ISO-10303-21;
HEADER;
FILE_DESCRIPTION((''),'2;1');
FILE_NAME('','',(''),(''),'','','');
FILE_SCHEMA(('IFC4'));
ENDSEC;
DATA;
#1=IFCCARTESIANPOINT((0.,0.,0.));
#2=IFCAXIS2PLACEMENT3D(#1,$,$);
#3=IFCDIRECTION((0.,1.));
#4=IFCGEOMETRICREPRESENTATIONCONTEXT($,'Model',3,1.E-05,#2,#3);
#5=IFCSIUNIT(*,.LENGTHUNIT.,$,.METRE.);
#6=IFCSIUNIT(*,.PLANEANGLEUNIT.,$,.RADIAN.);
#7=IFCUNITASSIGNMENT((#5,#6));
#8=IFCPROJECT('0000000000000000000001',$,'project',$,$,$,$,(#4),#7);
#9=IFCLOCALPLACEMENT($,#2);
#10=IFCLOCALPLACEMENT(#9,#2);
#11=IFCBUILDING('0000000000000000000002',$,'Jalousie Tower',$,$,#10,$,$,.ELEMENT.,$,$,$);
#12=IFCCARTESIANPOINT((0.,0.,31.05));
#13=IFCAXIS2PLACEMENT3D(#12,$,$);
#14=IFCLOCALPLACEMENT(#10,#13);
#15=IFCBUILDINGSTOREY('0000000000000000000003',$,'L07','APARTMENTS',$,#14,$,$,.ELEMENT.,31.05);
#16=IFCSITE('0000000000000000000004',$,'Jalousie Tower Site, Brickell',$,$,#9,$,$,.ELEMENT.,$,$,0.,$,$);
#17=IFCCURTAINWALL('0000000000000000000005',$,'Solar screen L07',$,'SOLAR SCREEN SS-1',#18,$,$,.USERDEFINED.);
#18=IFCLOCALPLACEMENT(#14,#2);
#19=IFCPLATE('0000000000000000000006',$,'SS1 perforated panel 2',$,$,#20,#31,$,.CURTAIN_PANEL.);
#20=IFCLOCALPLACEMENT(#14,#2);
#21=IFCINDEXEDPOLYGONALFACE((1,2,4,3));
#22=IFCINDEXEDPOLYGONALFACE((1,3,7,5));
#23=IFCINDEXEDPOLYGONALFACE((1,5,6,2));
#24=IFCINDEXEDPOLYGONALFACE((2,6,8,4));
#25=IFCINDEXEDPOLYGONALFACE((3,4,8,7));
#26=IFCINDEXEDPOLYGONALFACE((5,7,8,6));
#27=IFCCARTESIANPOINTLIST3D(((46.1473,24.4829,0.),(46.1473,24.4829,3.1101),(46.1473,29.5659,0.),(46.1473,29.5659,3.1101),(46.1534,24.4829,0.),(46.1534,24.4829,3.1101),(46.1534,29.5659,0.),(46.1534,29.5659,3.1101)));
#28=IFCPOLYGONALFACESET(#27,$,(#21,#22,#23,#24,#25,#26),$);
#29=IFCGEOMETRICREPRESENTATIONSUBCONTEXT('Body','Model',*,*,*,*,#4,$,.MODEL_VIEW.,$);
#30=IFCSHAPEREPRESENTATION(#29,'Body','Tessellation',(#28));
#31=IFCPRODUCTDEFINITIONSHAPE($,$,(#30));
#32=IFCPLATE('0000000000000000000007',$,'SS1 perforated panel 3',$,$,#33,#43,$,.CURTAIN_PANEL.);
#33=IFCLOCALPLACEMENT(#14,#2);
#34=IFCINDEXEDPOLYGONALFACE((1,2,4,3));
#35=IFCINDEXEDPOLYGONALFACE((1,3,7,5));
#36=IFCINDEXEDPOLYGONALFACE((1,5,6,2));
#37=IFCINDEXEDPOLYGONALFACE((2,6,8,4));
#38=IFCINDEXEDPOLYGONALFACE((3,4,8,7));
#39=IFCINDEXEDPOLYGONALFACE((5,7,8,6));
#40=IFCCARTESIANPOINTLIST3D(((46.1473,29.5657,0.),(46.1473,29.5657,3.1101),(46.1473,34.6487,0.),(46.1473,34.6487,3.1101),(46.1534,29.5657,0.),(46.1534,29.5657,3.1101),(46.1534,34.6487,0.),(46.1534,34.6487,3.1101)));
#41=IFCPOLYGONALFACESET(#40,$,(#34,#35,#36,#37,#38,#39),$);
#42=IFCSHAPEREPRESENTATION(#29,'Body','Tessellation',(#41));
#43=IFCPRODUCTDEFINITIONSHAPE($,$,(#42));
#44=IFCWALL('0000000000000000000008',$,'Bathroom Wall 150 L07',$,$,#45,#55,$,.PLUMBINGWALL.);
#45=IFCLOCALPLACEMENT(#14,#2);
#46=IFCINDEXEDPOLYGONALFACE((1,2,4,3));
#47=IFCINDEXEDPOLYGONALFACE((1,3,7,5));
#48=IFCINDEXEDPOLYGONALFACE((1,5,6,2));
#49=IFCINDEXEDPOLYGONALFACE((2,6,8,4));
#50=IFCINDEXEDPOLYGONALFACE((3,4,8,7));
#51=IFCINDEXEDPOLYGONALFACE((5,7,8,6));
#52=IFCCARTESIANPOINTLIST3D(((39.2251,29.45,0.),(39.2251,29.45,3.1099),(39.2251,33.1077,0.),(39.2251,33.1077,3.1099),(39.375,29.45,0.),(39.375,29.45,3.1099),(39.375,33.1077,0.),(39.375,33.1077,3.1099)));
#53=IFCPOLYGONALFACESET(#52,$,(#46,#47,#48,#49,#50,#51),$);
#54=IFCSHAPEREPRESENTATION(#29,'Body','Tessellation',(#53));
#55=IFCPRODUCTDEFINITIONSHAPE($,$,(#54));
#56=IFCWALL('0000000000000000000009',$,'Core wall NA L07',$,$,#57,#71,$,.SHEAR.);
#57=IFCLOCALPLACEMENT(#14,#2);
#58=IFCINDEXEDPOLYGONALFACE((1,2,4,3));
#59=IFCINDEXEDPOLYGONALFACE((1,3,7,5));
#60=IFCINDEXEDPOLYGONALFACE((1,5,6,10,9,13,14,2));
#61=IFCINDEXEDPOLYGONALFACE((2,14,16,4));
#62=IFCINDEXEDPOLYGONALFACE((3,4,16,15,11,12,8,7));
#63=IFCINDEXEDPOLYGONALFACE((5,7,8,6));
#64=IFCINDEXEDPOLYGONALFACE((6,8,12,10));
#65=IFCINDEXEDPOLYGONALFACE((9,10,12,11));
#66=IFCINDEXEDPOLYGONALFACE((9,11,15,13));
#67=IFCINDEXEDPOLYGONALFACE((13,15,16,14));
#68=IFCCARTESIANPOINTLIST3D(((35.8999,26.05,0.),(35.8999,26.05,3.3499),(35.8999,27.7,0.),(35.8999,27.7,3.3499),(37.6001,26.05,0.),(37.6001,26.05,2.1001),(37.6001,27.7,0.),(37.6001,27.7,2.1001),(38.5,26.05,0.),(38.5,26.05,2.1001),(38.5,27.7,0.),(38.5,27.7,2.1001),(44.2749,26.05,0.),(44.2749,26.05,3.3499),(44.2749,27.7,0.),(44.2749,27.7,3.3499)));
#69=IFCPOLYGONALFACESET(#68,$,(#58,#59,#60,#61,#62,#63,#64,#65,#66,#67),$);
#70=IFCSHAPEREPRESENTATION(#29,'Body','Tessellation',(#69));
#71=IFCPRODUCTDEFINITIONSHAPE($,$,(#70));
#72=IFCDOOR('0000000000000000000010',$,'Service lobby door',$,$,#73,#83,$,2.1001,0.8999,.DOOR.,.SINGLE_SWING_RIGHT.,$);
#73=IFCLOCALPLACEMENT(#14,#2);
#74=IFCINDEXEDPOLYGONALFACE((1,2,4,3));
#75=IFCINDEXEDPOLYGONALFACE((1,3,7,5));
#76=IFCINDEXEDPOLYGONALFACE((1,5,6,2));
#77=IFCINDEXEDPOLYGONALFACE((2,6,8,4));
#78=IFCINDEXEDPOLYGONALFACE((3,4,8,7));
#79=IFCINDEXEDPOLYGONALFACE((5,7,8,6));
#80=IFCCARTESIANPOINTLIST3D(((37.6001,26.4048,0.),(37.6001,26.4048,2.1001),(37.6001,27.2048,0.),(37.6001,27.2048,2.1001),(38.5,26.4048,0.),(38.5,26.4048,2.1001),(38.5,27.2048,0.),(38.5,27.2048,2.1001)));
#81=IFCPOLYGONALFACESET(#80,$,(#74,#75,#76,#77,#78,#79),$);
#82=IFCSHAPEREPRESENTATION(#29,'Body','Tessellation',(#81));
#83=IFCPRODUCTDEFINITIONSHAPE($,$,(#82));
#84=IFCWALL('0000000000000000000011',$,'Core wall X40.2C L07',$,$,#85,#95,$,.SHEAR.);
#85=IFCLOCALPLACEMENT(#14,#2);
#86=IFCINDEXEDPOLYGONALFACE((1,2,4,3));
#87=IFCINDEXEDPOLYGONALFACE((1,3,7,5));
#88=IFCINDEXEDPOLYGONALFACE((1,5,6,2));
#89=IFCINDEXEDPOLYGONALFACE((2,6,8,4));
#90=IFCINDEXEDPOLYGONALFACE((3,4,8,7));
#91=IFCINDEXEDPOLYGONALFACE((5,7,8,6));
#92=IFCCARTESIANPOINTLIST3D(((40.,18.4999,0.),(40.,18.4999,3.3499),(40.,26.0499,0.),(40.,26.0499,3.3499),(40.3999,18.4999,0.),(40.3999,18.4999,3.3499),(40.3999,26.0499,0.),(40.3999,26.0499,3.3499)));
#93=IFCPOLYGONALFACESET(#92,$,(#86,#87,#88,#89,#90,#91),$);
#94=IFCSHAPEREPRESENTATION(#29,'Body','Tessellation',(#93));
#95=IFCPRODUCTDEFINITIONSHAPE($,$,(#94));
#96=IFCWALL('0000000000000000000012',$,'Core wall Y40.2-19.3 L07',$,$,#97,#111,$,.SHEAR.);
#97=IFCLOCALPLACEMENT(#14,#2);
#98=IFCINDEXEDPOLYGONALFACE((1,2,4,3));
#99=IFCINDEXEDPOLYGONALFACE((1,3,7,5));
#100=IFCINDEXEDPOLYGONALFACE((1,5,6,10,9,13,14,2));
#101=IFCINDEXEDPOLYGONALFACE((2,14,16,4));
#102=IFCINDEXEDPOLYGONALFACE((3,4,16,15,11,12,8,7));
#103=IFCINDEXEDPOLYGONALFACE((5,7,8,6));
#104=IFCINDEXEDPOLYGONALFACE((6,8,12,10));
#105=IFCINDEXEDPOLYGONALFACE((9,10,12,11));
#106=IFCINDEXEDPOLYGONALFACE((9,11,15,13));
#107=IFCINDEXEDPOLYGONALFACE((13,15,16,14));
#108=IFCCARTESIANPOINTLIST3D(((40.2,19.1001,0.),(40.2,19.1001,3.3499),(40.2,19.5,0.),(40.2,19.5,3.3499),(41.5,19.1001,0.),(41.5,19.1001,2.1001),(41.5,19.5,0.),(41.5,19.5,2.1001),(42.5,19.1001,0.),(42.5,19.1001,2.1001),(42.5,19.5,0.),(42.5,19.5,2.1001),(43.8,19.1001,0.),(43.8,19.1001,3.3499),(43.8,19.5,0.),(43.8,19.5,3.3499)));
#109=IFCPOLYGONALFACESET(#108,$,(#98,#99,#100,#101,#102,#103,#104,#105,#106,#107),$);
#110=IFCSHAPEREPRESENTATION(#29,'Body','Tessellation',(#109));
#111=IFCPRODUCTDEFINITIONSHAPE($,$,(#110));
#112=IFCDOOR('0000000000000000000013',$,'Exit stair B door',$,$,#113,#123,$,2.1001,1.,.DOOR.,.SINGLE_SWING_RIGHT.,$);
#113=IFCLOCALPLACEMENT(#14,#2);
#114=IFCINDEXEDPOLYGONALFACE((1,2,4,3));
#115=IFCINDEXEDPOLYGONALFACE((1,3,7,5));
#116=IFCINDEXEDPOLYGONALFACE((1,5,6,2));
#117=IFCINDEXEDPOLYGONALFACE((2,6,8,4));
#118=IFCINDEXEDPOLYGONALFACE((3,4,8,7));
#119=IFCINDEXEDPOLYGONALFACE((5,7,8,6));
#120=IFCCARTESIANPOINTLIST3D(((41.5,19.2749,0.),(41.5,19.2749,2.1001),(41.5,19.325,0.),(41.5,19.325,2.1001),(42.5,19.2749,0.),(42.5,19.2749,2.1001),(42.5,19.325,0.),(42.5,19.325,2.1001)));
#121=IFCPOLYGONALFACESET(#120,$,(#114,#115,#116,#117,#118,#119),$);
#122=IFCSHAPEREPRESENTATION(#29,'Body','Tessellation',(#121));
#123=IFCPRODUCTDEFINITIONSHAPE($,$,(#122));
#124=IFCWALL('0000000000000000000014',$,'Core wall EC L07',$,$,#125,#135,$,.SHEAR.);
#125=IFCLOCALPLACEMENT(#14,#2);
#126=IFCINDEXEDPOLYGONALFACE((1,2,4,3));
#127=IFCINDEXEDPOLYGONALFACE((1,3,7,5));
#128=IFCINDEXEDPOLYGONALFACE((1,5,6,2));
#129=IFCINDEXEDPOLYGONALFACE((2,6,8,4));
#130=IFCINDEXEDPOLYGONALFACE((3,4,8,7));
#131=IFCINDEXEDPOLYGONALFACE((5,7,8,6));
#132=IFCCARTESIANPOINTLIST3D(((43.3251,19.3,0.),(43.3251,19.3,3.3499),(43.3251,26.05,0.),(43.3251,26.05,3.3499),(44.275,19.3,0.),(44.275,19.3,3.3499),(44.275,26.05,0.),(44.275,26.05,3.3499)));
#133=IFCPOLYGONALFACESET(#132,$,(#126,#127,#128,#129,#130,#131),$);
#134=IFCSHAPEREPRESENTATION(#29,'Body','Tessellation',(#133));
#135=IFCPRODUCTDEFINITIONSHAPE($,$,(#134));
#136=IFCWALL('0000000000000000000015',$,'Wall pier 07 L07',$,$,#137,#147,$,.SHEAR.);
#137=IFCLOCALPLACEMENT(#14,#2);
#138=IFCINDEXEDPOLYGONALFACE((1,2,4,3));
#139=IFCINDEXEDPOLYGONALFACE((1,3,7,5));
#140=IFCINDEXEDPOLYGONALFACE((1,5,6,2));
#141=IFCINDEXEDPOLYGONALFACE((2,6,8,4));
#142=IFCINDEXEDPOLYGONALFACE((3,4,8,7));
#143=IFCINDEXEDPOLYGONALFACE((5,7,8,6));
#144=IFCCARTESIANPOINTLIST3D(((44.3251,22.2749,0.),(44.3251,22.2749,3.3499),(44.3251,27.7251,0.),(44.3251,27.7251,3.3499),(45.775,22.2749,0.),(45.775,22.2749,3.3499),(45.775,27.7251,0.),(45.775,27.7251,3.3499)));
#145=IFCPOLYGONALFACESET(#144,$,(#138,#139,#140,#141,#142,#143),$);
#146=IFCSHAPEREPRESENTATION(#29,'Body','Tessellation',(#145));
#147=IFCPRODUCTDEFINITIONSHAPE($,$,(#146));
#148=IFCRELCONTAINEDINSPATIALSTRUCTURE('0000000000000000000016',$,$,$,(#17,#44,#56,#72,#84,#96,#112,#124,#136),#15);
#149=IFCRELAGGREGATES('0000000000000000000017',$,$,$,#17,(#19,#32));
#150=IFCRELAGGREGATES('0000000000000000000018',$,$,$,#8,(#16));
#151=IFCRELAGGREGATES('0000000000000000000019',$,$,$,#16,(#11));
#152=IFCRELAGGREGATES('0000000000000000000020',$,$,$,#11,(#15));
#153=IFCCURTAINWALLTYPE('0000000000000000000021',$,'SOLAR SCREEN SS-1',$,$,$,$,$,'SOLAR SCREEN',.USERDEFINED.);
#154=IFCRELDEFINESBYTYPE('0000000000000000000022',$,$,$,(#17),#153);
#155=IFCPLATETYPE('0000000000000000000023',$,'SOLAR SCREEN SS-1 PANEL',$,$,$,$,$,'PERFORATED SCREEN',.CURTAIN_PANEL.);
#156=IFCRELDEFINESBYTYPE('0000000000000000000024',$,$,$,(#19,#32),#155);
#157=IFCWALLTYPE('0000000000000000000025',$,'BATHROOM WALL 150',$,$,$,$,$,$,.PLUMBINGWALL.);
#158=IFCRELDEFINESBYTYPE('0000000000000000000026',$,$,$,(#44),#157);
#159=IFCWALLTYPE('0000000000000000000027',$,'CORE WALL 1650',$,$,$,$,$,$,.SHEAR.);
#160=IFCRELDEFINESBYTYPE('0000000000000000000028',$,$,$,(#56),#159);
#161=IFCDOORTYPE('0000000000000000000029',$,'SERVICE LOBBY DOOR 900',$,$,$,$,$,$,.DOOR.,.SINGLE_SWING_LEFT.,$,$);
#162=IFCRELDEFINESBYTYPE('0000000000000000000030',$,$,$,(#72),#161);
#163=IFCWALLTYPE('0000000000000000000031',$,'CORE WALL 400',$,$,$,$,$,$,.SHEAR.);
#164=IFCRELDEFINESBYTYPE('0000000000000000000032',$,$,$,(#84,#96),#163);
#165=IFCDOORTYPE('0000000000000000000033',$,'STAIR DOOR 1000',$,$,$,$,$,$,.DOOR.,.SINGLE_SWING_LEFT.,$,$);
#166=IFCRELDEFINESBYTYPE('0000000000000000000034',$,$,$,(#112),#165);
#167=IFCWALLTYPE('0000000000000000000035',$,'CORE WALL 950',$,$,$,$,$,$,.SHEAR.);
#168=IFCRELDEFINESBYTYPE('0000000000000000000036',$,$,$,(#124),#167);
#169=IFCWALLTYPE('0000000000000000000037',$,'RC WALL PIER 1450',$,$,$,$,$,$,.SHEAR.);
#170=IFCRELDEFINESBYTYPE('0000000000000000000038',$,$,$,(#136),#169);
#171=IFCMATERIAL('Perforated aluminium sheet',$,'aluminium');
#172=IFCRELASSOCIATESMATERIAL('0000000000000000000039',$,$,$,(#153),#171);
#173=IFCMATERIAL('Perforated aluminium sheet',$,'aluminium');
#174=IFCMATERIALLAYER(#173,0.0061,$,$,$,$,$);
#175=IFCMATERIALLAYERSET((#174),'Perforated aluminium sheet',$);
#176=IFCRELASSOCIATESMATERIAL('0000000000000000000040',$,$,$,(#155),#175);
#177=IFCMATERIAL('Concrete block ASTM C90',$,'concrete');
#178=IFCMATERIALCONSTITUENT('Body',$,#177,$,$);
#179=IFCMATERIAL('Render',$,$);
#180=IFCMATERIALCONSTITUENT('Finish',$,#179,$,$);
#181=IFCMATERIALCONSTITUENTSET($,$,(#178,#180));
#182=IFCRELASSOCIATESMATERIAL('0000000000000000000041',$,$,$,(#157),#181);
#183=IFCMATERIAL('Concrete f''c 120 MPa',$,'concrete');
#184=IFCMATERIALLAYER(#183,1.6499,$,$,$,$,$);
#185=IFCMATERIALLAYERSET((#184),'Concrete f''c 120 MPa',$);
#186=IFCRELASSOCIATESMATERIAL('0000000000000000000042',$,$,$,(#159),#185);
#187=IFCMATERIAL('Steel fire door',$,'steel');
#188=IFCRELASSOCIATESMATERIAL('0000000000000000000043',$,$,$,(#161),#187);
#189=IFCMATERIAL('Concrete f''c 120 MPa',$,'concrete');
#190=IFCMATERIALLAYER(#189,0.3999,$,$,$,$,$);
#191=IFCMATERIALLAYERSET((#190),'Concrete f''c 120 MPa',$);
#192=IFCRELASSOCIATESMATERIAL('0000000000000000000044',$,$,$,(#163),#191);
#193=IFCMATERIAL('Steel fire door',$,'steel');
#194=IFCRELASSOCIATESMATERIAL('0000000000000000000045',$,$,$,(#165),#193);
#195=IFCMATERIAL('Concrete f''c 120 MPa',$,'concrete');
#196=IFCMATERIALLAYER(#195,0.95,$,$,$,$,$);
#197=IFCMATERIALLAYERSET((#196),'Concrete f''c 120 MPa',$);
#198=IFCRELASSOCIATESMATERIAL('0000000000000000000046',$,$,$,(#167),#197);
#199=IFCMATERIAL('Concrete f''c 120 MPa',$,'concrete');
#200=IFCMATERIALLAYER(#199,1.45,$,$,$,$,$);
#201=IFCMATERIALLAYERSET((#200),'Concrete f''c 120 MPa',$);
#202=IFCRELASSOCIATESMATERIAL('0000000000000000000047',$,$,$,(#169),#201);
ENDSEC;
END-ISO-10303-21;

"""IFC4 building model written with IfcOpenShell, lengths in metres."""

from ifc_helpers import new_model, si_unit, direction, frame, frame_2d, origin, origin_2d, place, context, subcontext, project, spatial, rectangle, extrude, material, layer, layer_set, constituent, constituent_set, type_object, element, fill, aggregate, save


model = new_model("IFC4")

# Units and contexts
model_context = context("Model", 3, precision=1e-05, world=origin(), true_north=direction((0.0, 1.0)))
body_context = subcontext(model_context, "Body", "Model", "MODEL_VIEW")
ifc_project = project(units=[si_unit("LENGTHUNIT", "METRE"), si_unit("PLANEANGLEUNIT", "RADIAN")], contexts=[model_context])

# Site, building, storey
site_placement = place(None, origin())
site = spatial("IfcSite", under=ifc_project, at=site_placement, Name="Jalousie Tower Site, Brickell", CompositionType="ELEMENT", RefElevation=0.0)
building_placement = place(site_placement, origin())
building = spatial("IfcBuilding", under=site, at=building_placement, Name="Jalousie Tower", CompositionType="ELEMENT")
storey_placement = place(building_placement, frame((0.0, 0.0, 31.05)))
storey = spatial("IfcBuildingStorey", under=building, at=storey_placement, Name="L07", Description="APARTMENTS", CompositionType="ELEMENT", Elevation=31.05)

# Shared definitions
ifc_material_1 = material(Name="Perforated aluminium sheet", Category="aluminium")
curtain_wall_type = type_object("IfcCurtainWallType", Name="SOLAR SCREEN SS-1", ElementType="SOLAR SCREEN", PredefinedType="USERDEFINED", material=ifc_material_1)

# Curtain wall, plates
curtain_wall_1_placement = place(storey_placement, origin())
curtain_wall_1 = element("IfcCurtainWall", 1, at=curtain_wall_1_placement, inside=storey, type_object=curtain_wall_type, Name="Solar screen L07", ObjectType="SOLAR SCREEN SS-1", PredefinedType="USERDEFINED")
ifc_material_2 = material(Name="Perforated aluminium sheet", Category="aluminium")
ifc_layer_1 = layer(ifc_material_2, 0.0061)
ifc_layer_set_1 = layer_set([ifc_layer_1], Name="Perforated aluminium sheet")
plate_type = type_object("IfcPlateType", Name="SOLAR SCREEN SS-1 PANEL", ElementType="PERFORATED SCREEN", PredefinedType="CURTAIN_PANEL", material=ifc_layer_set_1)
plate_1_placement = place(storey_placement, frame((46.1504, 27.0244, 0.0), z_axis=(0.0, 0.0, 1.0), x_axis=(0.0, 1.0, 0.0)))
plate_1 = element("IfcPlate", 2, at=plate_1_placement, type_object=plate_type, Name="SS1 perforated panel 2", PredefinedType="CURTAIN_PANEL", context=body_context, shape_type="SweptSolid", body=[
    extrude(rectangle(XDim=5.083, YDim=0.0061, at=origin_2d()), origin(), (0.0, 0.0, 1.0), 3.1101),
])
plate_2_placement = place(storey_placement, frame((46.1504, 32.1072, 0.0), z_axis=(0.0, 0.0, 1.0), x_axis=(0.0, 1.0, 0.0)))
plate_2 = element("IfcPlate", 3, at=plate_2_placement, type_object=plate_type, Name="SS1 perforated panel 3", PredefinedType="CURTAIN_PANEL", context=body_context, shape_type="SweptSolid", body=[
    extrude(rectangle(XDim=5.083, YDim=0.0061, at=origin_2d()), origin(), (0.0, 0.0, 1.0), 3.1101),
])
aggregate(curtain_wall_1, [plate_1, plate_2])

# Wall
ifc_material_3 = material(Name="Concrete block ASTM C90", Category="concrete")
ifc_constituent_1 = constituent(ifc_material_3, Name="Body")
ifc_material_4 = material(Name="Render")
ifc_constituent_2 = constituent(ifc_material_4, Name="Finish")
ifc_constituent_set_1 = constituent_set(constituents=[ifc_constituent_1, ifc_constituent_2])
wall_type_1 = type_object("IfcWallType", Name="BATHROOM WALL 150", PredefinedType="PLUMBINGWALL", material=ifc_constituent_set_1)
wall_1_placement = place(storey_placement, frame((39.3, 33.1077, 0.0), z_axis=(0.0, 0.0, 1.0), x_axis=(0.0, -1.0, 0.0)))
element("IfcWall", 4, at=wall_1_placement, inside=storey, type_object=wall_type_1, Name="Bathroom Wall 150 L07", PredefinedType="PLUMBINGWALL", context=body_context, shape_type="SweptSolid", body=[
    extrude(rectangle(XDim=3.6577, YDim=0.1499, at=frame_2d((1.8289, 0.0))), origin(), (0.0, 0.0, 1.0), 3.1099),
])

# Wall, opening, door
ifc_material_5 = material(Name="Concrete f'c 120 MPa", Category="concrete")
ifc_layer_2 = layer(ifc_material_5, 1.6499)
ifc_layer_set_2 = layer_set([ifc_layer_2], Name="Concrete f'c 120 MPa")
wall_type_2 = type_object("IfcWallType", Name="CORE WALL 1650", PredefinedType="SHEAR", material=ifc_layer_set_2)
wall_2_placement = place(storey_placement, frame((44.2749, 26.875, 0.0), z_axis=(0.0, 0.0, 1.0), x_axis=(-1.0, 0.0, 0.0)))
wall_2 = element("IfcWall", 5, at=wall_2_placement, inside=storey, type_object=wall_type_2, Name="Core wall NA L07", PredefinedType="SHEAR", context=body_context, shape_type="SweptSolid", body=[
    extrude(rectangle(XDim=8.375, YDim=1.6499, at=frame_2d((4.1875, 0.0))), origin(), (0.0, 0.0, 1.0), 3.3499),
])
opening_1_placement = place(wall_2_placement, frame((5.7749, 0.0, 0.0)))
opening_1 = element("IfcOpeningElement", 6, at=opening_1_placement, cuts=wall_2, PredefinedType="OPENING", context=body_context, shape_type="SweptSolid", body=[
    extrude(rectangle(XDim=0.8999, YDim=2.1001, at=frame_2d((0.45, 1.05))), frame((0.0, 0.835, 0.0), z_axis=(0.0, -1.0, 0.0), x_axis=(1.0, 0.0, 0.0)), (0.0, 0.0, 1.0), 1.6699),
])
ifc_material_6 = material(Name="Steel fire door", Category="steel")
door_type_1 = type_object("IfcDoorType", Name="SERVICE LOBBY DOOR 900", OperationType="SINGLE_SWING_LEFT", PredefinedType="DOOR", material=ifc_material_6)
door_1_placement = place(opening_1_placement, origin())
door_1 = element("IfcDoor", 7, at=door_1_placement, inside=storey, type_object=door_type_1, Name="Service lobby door", OperationType="SINGLE_SWING_RIGHT", OverallHeight=2.1001, OverallWidth=0.8999, PredefinedType="DOOR", context=body_context, shape_type="SweptSolid", body=[
    extrude(rectangle(XDim=0.8999, YDim=2.1001, at=frame_2d((0.45, 1.05))), frame((0.0, 0.4702, 0.0), z_axis=(0.0, -1.0, 0.0), x_axis=(1.0, 0.0, 0.0)), (0.0, 0.0, 1.0), 0.8),
])
fill(opening_1, door_1)

# Wall
ifc_material_7 = material(Name="Concrete f'c 120 MPa", Category="concrete")
ifc_layer_3 = layer(ifc_material_7, 0.3999)
ifc_layer_set_3 = layer_set([ifc_layer_3], Name="Concrete f'c 120 MPa")
wall_type_3 = type_object("IfcWallType", Name="CORE WALL 400", PredefinedType="SHEAR", material=ifc_layer_set_3)
wall_3_placement = place(storey_placement, frame((40.2, 18.5, 0.0), z_axis=(0.0, 0.0, 1.0), x_axis=(0.0, 1.0, 0.0)))
element("IfcWall", 8, at=wall_3_placement, inside=storey, type_object=wall_type_3, Name="Core wall X40.2C L07", PredefinedType="SHEAR", context=body_context, shape_type="SweptSolid", body=[
    extrude(rectangle(XDim=7.55, YDim=0.3999, at=frame_2d((3.7749, 0.0))), origin(), (0.0, 0.0, 1.0), 3.3499),
])

# Wall, opening, door
wall_4_placement = place(storey_placement, frame((40.2, 19.3, 0.0), z_axis=(0.0, 0.0, 1.0), x_axis=(1.0, 0.0, 0.0)))
wall_4 = element("IfcWall", 9, at=wall_4_placement, inside=storey, type_object=wall_type_3, Name="Core wall Y40.2-19.3 L07", PredefinedType="SHEAR", context=body_context, shape_type="SweptSolid", body=[
    extrude(rectangle(XDim=3.6001, YDim=0.3999, at=frame_2d((1.8, 0.0))), origin(), (0.0, 0.0, 1.0), 3.3499),
])
opening_2_placement = place(wall_4_placement, frame((1.3, 0.0, 0.0)))
opening_2 = element("IfcOpeningElement", 10, at=opening_2_placement, cuts=wall_4, PredefinedType="OPENING", context=body_context, shape_type="SweptSolid", body=[
    extrude(rectangle(XDim=1.0, YDim=2.1001, at=frame_2d((0.5, 1.05))), frame((0.0, 0.21, 0.0), z_axis=(0.0, -1.0, 0.0), x_axis=(1.0, 0.0, 0.0)), (0.0, 0.0, 1.0), 0.4199),
])
ifc_material_8 = material(Name="Steel fire door", Category="steel")
door_type_2 = type_object("IfcDoorType", Name="STAIR DOOR 1000", OperationType="SINGLE_SWING_LEFT", PredefinedType="DOOR", material=ifc_material_8)
door_2_placement = place(opening_2_placement, origin())
door_2 = element("IfcDoor", 11, at=door_2_placement, inside=storey, type_object=door_type_2, Name="Exit stair B door", OperationType="SINGLE_SWING_RIGHT", OverallHeight=2.1001, OverallWidth=1.0, PredefinedType="DOOR", context=body_context, shape_type="SweptSolid", body=[
    extrude(rectangle(XDim=1.0, YDim=2.1001, at=frame_2d((0.5, 1.05))), frame((0.0, 0.0249, 0.0), z_axis=(0.0, -1.0, 0.0), x_axis=(1.0, 0.0, 0.0)), (0.0, 0.0, 1.0), 0.05),
])
fill(opening_2, door_2)

# Walls
ifc_material_9 = material(Name="Concrete f'c 120 MPa", Category="concrete")
ifc_layer_4 = layer(ifc_material_9, 0.95)
ifc_layer_set_4 = layer_set([ifc_layer_4], Name="Concrete f'c 120 MPa")
wall_type_4 = type_object("IfcWallType", Name="CORE WALL 950", PredefinedType="SHEAR", material=ifc_layer_set_4)
wall_5_placement = place(storey_placement, frame((43.8, 19.3, 0.0), z_axis=(0.0, 0.0, 1.0), x_axis=(0.0, 1.0, 0.0)))
element("IfcWall", 12, at=wall_5_placement, inside=storey, type_object=wall_type_4, Name="Core wall EC L07", PredefinedType="SHEAR", context=body_context, shape_type="SweptSolid", body=[
    extrude(rectangle(XDim=6.75, YDim=0.95, at=frame_2d((3.375, 0.0))), origin(), (0.0, 0.0, 1.0), 3.3499),
])
ifc_material_10 = material(Name="Concrete f'c 120 MPa", Category="concrete")
ifc_layer_5 = layer(ifc_material_10, 1.45)
ifc_layer_set_5 = layer_set([ifc_layer_5], Name="Concrete f'c 120 MPa")
wall_type_5 = type_object("IfcWallType", Name="RC WALL PIER 1450", PredefinedType="SHEAR", material=ifc_layer_set_5)
wall_6_placement = place(storey_placement, frame((45.05, 22.2749, 0.0), z_axis=(0.0, 0.0, 1.0), x_axis=(0.0, 1.0, 0.0)))
element("IfcWall", 13, at=wall_6_placement, inside=storey, type_object=wall_type_5, Name="Wall pier 07 L07", PredefinedType="SHEAR", context=body_context, shape_type="SweptSolid", body=[
    extrude(rectangle(XDim=5.4502, YDim=1.45, at=frame_2d((2.7251, 0.0))), origin(), (0.0, 0.0, 1.0), 3.3499),
])

save(model, "model.ifc")
